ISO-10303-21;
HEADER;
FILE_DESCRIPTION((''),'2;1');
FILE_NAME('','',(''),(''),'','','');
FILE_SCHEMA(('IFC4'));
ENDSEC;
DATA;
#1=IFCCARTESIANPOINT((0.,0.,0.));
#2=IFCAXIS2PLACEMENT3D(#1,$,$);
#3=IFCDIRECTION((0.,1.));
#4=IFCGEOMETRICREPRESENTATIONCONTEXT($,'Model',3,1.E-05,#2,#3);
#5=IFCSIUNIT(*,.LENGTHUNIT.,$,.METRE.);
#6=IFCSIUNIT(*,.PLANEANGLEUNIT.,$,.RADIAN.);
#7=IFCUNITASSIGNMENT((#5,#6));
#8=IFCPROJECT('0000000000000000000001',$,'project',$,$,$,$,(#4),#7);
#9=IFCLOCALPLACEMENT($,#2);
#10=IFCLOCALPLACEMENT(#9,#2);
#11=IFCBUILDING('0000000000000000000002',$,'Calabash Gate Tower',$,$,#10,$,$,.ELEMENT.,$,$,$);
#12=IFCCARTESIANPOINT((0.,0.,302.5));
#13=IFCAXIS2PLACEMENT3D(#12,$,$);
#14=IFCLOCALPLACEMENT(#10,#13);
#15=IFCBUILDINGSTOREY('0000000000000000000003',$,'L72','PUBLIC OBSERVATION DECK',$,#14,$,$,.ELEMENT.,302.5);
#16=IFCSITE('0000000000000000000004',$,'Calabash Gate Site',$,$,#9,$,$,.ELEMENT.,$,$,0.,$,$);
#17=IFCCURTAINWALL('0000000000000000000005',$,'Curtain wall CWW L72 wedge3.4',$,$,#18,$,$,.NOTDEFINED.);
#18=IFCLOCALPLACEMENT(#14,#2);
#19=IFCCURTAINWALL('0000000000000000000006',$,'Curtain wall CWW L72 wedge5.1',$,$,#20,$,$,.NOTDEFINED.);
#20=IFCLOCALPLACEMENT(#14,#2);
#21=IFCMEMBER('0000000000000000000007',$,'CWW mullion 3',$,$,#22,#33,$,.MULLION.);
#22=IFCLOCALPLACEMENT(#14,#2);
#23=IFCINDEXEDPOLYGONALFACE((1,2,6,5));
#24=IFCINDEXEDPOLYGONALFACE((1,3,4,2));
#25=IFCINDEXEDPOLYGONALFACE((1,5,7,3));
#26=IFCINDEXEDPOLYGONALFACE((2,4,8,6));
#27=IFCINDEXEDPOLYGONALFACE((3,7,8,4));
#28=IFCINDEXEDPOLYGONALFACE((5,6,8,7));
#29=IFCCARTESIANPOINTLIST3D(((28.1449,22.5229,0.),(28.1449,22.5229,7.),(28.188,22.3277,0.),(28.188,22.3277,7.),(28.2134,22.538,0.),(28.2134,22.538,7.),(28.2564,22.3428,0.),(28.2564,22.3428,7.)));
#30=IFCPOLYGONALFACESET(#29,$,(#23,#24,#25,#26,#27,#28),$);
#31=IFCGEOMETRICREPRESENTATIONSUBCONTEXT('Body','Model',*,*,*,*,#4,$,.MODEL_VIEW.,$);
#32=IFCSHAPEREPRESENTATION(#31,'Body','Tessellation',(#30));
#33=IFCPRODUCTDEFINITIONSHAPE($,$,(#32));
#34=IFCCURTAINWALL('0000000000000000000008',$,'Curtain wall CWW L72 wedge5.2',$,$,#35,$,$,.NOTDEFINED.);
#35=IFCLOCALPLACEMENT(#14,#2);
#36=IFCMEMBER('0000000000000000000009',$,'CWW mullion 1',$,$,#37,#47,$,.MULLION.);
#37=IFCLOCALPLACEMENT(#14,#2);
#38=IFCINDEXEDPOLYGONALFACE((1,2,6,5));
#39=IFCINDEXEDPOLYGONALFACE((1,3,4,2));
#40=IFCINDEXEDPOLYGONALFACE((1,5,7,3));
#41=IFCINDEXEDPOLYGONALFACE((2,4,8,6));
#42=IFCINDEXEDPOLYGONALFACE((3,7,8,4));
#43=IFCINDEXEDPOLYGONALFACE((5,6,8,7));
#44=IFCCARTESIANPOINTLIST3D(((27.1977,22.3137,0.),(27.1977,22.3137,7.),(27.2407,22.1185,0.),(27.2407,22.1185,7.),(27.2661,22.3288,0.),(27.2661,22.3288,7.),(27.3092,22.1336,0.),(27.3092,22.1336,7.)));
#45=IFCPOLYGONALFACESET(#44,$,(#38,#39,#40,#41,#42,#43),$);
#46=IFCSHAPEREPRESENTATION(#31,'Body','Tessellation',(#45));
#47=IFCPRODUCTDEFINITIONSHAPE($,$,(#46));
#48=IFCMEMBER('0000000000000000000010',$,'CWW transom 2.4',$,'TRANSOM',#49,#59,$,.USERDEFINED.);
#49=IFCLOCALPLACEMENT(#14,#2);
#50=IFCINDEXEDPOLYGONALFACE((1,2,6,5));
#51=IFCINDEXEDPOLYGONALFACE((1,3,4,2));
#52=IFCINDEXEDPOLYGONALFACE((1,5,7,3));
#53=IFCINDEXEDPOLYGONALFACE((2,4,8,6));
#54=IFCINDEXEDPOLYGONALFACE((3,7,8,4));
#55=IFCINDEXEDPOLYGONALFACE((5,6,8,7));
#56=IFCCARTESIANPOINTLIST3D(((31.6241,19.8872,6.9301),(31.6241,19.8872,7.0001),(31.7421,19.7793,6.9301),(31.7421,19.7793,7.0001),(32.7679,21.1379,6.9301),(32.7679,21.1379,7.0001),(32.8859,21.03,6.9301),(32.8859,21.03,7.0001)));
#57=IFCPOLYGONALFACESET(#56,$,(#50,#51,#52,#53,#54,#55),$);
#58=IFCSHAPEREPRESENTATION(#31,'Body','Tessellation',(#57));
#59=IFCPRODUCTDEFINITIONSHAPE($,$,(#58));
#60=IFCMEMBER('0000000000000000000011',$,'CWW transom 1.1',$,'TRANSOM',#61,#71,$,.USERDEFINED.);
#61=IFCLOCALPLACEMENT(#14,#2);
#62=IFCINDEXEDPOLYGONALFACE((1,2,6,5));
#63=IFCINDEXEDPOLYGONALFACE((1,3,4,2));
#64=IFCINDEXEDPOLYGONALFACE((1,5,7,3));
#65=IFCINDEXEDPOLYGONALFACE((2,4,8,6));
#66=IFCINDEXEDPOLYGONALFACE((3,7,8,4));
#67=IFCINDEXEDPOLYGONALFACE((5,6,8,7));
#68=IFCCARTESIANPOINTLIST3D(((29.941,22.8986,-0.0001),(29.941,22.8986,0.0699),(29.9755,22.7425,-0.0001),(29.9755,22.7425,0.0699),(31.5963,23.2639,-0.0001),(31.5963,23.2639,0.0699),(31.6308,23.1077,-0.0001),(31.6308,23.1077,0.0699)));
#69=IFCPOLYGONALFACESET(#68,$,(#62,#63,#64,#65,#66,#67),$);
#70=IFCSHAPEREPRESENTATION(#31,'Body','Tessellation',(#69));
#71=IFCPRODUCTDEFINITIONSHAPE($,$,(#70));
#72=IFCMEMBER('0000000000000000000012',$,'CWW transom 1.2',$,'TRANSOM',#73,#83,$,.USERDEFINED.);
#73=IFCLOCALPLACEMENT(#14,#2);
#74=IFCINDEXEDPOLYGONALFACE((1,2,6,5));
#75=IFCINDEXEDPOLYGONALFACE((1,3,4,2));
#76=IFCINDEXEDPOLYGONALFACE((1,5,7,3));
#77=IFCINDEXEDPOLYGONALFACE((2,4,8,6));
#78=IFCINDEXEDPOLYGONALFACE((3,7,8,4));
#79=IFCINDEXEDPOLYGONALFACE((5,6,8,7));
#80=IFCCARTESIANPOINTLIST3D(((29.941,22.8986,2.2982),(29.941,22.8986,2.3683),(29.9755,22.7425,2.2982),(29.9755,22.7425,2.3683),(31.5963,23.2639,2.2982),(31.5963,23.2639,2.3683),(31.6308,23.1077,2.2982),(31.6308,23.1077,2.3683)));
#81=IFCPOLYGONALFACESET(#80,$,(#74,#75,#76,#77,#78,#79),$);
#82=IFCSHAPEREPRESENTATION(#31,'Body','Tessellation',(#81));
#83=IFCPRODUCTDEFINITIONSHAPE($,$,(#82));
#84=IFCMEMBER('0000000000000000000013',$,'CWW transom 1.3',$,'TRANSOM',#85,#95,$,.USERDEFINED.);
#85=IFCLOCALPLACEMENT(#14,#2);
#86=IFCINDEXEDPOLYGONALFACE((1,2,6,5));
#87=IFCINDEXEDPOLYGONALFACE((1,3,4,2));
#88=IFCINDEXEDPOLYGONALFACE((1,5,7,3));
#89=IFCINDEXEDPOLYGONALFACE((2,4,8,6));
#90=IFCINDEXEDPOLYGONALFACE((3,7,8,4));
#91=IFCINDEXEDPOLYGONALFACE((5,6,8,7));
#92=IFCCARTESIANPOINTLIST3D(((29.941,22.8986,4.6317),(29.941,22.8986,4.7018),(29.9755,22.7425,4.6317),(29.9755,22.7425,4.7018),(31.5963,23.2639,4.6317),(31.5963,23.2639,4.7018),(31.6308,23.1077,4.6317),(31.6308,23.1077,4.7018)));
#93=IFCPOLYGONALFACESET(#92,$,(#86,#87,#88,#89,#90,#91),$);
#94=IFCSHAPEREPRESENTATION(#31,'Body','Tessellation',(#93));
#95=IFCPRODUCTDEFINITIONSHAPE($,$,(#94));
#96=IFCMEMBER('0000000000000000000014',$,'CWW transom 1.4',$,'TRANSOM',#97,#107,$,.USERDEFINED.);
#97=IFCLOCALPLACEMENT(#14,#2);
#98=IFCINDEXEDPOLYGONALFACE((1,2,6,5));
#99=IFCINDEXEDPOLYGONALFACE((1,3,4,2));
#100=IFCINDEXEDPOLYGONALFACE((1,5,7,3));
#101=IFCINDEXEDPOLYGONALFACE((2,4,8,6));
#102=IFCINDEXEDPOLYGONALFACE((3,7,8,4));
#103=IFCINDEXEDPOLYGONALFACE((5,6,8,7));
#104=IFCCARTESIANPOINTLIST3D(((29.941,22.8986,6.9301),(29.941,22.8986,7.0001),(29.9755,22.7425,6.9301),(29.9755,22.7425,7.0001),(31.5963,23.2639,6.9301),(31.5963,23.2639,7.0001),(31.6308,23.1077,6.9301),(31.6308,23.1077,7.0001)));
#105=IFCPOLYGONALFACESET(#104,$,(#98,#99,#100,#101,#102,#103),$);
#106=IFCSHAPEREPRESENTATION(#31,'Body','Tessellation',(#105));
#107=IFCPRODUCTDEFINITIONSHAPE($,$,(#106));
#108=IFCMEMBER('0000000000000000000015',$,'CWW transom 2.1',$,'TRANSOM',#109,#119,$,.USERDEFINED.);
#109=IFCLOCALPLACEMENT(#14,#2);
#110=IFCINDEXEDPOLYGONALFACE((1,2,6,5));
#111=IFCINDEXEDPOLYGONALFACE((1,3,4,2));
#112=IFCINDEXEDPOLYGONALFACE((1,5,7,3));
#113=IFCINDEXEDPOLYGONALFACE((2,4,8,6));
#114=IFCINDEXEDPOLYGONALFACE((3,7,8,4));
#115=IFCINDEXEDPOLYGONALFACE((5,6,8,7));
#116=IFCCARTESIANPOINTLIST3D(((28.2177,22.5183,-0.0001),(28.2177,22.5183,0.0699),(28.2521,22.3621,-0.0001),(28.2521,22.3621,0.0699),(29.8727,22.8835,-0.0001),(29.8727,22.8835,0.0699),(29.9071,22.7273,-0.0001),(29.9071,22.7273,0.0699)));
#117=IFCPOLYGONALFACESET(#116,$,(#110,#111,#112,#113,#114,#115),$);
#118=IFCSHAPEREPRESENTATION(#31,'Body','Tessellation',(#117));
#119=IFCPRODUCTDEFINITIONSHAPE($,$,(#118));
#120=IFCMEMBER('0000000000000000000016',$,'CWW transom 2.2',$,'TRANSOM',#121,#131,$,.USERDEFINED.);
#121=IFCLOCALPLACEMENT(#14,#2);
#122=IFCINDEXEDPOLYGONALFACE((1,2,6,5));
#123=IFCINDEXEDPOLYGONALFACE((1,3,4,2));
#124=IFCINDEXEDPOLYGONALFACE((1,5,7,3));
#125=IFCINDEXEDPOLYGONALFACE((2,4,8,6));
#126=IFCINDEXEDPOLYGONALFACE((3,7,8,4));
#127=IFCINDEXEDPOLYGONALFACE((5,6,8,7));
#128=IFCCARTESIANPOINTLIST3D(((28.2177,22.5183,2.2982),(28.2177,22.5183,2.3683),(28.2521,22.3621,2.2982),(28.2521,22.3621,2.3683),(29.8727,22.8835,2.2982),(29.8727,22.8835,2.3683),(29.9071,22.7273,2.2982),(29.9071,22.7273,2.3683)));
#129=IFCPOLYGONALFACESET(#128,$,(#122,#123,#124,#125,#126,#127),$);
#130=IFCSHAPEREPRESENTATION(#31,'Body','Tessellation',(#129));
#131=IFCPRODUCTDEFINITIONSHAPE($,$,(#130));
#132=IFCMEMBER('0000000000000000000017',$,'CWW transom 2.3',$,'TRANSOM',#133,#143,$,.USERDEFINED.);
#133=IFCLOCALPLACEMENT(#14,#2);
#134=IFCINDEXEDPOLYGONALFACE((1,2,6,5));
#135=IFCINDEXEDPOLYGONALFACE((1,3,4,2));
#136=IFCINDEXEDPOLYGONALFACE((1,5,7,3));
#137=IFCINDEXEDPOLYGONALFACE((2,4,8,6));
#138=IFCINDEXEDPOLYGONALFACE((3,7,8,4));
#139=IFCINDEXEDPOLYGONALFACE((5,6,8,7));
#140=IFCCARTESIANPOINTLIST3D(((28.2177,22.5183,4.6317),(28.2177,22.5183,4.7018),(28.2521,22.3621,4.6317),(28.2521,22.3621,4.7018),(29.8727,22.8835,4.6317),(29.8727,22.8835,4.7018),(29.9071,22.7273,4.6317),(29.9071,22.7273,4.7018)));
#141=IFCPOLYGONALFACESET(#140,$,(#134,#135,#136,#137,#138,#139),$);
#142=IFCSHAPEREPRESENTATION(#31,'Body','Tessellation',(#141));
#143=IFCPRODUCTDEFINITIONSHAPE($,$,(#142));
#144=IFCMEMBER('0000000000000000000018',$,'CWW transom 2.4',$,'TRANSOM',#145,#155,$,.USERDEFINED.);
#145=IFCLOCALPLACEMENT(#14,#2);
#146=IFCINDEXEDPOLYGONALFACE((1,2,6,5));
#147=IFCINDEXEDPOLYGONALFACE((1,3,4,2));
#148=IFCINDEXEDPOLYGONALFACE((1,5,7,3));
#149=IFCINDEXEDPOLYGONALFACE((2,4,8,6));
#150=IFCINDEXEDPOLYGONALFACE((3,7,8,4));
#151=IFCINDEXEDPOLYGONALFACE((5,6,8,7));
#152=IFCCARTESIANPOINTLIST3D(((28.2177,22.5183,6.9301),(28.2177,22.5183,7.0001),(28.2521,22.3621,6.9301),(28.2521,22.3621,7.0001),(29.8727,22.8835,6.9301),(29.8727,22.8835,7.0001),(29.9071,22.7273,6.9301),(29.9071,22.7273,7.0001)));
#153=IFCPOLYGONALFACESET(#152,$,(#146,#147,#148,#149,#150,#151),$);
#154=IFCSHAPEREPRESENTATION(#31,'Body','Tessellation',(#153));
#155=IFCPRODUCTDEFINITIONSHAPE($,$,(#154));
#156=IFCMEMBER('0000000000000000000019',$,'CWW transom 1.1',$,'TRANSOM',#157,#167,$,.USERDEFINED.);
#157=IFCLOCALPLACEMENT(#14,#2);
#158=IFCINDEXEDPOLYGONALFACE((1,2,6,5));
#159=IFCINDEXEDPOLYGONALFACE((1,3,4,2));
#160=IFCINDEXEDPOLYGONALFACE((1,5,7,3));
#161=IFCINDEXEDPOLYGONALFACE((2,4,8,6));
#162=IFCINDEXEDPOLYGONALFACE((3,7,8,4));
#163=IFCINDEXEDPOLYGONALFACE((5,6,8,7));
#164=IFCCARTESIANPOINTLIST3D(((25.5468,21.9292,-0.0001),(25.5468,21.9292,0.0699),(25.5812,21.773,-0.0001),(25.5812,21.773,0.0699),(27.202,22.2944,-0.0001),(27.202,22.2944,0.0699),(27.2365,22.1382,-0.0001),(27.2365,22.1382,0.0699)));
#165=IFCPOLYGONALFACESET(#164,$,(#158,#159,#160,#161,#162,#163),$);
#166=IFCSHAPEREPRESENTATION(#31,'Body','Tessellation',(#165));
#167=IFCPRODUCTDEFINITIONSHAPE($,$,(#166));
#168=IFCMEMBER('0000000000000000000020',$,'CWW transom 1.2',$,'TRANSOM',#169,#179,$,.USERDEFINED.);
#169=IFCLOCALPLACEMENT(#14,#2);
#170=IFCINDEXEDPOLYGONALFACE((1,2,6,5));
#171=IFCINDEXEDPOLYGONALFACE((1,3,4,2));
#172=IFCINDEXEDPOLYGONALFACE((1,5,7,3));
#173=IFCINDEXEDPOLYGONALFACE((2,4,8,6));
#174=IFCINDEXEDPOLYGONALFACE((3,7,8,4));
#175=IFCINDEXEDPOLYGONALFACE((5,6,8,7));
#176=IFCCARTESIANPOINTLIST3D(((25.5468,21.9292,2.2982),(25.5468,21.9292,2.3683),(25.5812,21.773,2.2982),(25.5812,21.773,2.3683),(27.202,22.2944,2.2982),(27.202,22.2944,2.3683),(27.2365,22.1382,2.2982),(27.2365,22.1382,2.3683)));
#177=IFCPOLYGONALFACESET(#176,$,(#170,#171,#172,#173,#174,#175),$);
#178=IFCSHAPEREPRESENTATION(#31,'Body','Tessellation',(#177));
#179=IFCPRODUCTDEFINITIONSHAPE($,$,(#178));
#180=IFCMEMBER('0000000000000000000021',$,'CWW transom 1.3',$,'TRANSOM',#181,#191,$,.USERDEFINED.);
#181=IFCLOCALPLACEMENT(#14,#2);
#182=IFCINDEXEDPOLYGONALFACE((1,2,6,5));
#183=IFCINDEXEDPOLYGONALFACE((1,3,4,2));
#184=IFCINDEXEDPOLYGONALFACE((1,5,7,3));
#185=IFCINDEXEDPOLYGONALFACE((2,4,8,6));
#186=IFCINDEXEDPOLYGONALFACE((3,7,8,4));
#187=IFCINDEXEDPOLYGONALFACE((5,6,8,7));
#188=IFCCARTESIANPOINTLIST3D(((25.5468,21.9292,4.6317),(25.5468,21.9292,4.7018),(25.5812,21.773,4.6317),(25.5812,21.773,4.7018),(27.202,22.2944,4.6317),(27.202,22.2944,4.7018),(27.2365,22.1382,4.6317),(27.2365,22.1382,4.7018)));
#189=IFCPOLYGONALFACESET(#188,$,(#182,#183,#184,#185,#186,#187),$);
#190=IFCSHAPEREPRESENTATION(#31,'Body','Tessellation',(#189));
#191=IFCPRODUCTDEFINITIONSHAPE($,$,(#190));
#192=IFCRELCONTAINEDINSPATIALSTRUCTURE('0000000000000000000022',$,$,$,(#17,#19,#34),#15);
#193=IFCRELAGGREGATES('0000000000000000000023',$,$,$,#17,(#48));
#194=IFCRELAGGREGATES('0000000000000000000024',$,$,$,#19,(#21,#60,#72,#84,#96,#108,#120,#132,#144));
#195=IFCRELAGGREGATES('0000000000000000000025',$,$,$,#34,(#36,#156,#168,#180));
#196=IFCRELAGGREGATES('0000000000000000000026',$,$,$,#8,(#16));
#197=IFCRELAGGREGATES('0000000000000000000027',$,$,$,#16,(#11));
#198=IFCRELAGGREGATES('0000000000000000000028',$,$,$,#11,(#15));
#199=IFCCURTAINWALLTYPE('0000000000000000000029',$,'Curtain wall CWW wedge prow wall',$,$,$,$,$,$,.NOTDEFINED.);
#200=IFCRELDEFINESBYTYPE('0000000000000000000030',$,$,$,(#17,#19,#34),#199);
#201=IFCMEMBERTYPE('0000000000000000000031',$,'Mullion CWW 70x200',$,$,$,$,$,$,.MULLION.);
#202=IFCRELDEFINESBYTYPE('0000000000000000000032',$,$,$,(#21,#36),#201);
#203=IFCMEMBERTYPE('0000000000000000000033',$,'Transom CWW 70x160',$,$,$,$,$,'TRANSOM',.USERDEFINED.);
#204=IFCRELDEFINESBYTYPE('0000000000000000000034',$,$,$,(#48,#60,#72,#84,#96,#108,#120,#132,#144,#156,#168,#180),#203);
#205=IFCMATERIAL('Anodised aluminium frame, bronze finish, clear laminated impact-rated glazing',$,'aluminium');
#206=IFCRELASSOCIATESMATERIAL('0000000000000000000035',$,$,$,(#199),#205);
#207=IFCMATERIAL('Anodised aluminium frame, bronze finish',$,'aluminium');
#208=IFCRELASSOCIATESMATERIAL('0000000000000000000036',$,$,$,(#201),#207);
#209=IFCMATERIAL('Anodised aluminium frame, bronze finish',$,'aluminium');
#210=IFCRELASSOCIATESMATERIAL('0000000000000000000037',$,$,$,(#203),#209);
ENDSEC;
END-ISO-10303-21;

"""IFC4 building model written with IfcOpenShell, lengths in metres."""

from ifc_helpers import new_model, si_unit, direction, frame, origin, origin_2d, place, context, subcontext, project, spatial, rectangle, extrude, material, material_profile, profile_set, type_object, element, aggregate, save


model = new_model("IFC4")

# Units and contexts
model_context = context("Model", 3, precision=1e-05, world=origin(), true_north=direction((0.0, 1.0)))
body_context = subcontext(model_context, "Body", "Model", "MODEL_VIEW")
ifc_project = project(units=[si_unit("LENGTHUNIT", "METRE"), si_unit("PLANEANGLEUNIT", "RADIAN")], contexts=[model_context])

# Site, building, storey
site_placement = place(None, origin())
site = spatial("IfcSite", under=ifc_project, at=site_placement, Name="Calabash Gate Site", CompositionType="ELEMENT", RefElevation=0.0)
building_placement = place(site_placement, origin())
building = spatial("IfcBuilding", under=site, at=building_placement, Name="Calabash Gate Tower", CompositionType="ELEMENT")
storey_placement = place(building_placement, frame((0.0, 0.0, 302.5)))
storey = spatial("IfcBuildingStorey", under=building, at=storey_placement, Name="L72", Description="PUBLIC OBSERVATION DECK", CompositionType="ELEMENT", Elevation=302.5)

# Curtain wall
ifc_material_1 = material(Name="Anodised aluminium frame, bronze finish, clear laminated impact-rated glazing", Category="aluminium")
curtain_wall_type = type_object("IfcCurtainWallType", Name="Curtain wall CWW wedge prow wall", PredefinedType="NOTDEFINED", material=ifc_material_1)
curtain_wall_1_placement = place(storey_placement, origin())
curtain_wall_1 = element("IfcCurtainWall", 1, at=curtain_wall_1_placement, inside=storey, type_object=curtain_wall_type, Name="Curtain wall CWW L72 wedge3.4", PredefinedType="NOTDEFINED")
ifc_material_2 = material(Name="Anodised aluminium frame, bronze finish", Category="aluminium")
ifc_material_profile_1 = material_profile(ifc_material_2, rectangle(XDim=0.2, YDim=0.0701, at=origin_2d()))
ifc_profile_set_1 = profile_set([ifc_material_profile_1], Name="Anodised aluminium frame, bronze finish")
member_type_1 = type_object("IfcMemberType", Name="Mullion CWW 70x200", PredefinedType="MULLION", material=ifc_profile_set_1)

# Curtain wall, member
curtain_wall_2_placement = place(storey_placement, origin())
curtain_wall_2 = element("IfcCurtainWall", 2, at=curtain_wall_2_placement, inside=storey, type_object=curtain_wall_type, Name="Curtain wall CWW L72 wedge5.1", PredefinedType="NOTDEFINED")
member_1_placement = place(storey_placement, frame((28.2007, 22.4329, 0.0), z_axis=(0.0, 0.0, 1.0), x_axis=(0.215468, -0.976511, 0.0)))
member_1 = element("IfcMember", 3, at=member_1_placement, type_object=member_type_1, Name="CWW mullion 3", PredefinedType="MULLION", context=body_context, shape_type="SweptSolid", body=[
    extrude(rectangle(XDim=0.2, YDim=0.0701, at=origin_2d()), origin(), (0.0, 0.0, 1.0), 7.0),
])

# Curtain wall, member
curtain_wall_3_placement = place(storey_placement, origin())
curtain_wall_3 = element("IfcCurtainWall", 4, at=curtain_wall_3_placement, inside=storey, type_object=curtain_wall_type, Name="Curtain wall CWW L72 wedge5.2", PredefinedType="NOTDEFINED")
member_2_placement = place(storey_placement, frame((27.2534, 22.2236, 0.0), z_axis=(0.0, 0.0, 1.0), x_axis=(0.215468, -0.976511, 0.0)))
member_2 = element("IfcMember", 5, at=member_2_placement, type_object=member_type_1, Name="CWW mullion 1", PredefinedType="MULLION", context=body_context, shape_type="SweptSolid", body=[
    extrude(rectangle(XDim=0.2, YDim=0.0701, at=origin_2d()), origin(), (0.0, 0.0, 1.0), 7.0),
])

# Members
ifc_material_3 = material(Name="Anodised aluminium frame, bronze finish", Category="aluminium")
ifc_material_profile_2 = material_profile(ifc_material_3, rectangle(XDim=0.1599, YDim=0.0701, at=origin_2d()))
ifc_profile_set_2 = profile_set([ifc_material_profile_2], Name="Anodised aluminium frame, bronze finish")
member_type_2 = type_object("IfcMemberType", Name="Transom CWW 70x160", ElementType="TRANSOM", PredefinedType="USERDEFINED", material=ifc_profile_set_2)
member_3_placement = place(storey_placement, frame((31.6831, 19.8333, 6.9651), z_axis=(0.674857, 0.737949, 0.0), x_axis=(-0.737949, 0.674857, 0.0)))
member_3 = element("IfcMember", 6, at=member_3_placement, type_object=member_type_2, Name="CWW transom 2.4", ObjectType="TRANSOM", PredefinedType="USERDEFINED", context=body_context, shape_type="SweptSolid", body=[
    extrude(rectangle(XDim=0.1599, YDim=0.0701, at=origin_2d()), origin(), (0.0, 0.0, 1.0), 1.6948),
])
member_4_placement = place(storey_placement, frame((31.6135, 23.1858, 0.0349), z_axis=(-0.976511, -0.215466, 0.0), x_axis=(0.215466, -0.976511, 0.0)))
member_4 = element("IfcMember", 7, at=member_4_placement, type_object=member_type_2, Name="CWW transom 1.1", ObjectType="TRANSOM", PredefinedType="USERDEFINED", context=body_context, shape_type="SweptSolid", body=[
    extrude(rectangle(XDim=0.1599, YDim=0.0701, at=origin_2d()), origin(), (0.0, 0.0, 1.0), 1.6951),
])
member_5_placement = place(storey_placement, frame((31.6135, 23.1858, 2.3333), z_axis=(-0.976511, -0.215466, 0.0), x_axis=(0.215466, -0.976511, 0.0)))
member_5 = element("IfcMember", 8, at=member_5_placement, type_object=member_type_2, Name="CWW transom 1.2", ObjectType="TRANSOM", PredefinedType="USERDEFINED", context=body_context, shape_type="SweptSolid", body=[
    extrude(rectangle(XDim=0.1599, YDim=0.0701, at=origin_2d()), origin(), (0.0, 0.0, 1.0), 1.6951),
])
member_6_placement = place(storey_placement, frame((31.6135, 23.1858, 4.6667), z_axis=(-0.976511, -0.215466, 0.0), x_axis=(0.215466, -0.976511, 0.0)))
member_6 = element("IfcMember", 9, at=member_6_placement, type_object=member_type_2, Name="CWW transom 1.3", ObjectType="TRANSOM", PredefinedType="USERDEFINED", context=body_context, shape_type="SweptSolid", body=[
    extrude(rectangle(XDim=0.1599, YDim=0.0701, at=origin_2d()), origin(), (0.0, 0.0, 1.0), 1.6951),
])
member_7_placement = place(storey_placement, frame((31.6135, 23.1858, 6.9651), z_axis=(-0.976511, -0.215466, 0.0), x_axis=(0.215466, -0.976511, 0.0)))
member_7 = element("IfcMember", 10, at=member_7_placement, type_object=member_type_2, Name="CWW transom 1.4", ObjectType="TRANSOM", PredefinedType="USERDEFINED", context=body_context, shape_type="SweptSolid", body=[
    extrude(rectangle(XDim=0.1599, YDim=0.0701, at=origin_2d()), origin(), (0.0, 0.0, 1.0), 1.6951),
])
member_8_placement = place(storey_placement, frame((29.8899, 22.8054, 0.0349), z_axis=(-0.976505, -0.215497, 0.0), x_axis=(0.215497, -0.976505, 0.0)))
member_8 = element("IfcMember", 11, at=member_8_placement, type_object=member_type_2, Name="CWW transom 2.1", ObjectType="TRANSOM", PredefinedType="USERDEFINED", context=body_context, shape_type="SweptSolid", body=[
    extrude(rectangle(XDim=0.1599, YDim=0.0701, at=origin_2d()), origin(), (0.0, 0.0, 1.0), 1.6948),
])
member_9_placement = place(storey_placement, frame((29.8899, 22.8054, 2.3333), z_axis=(-0.976505, -0.215497, 0.0), x_axis=(0.215497, -0.976505, 0.0)))
member_9 = element("IfcMember", 12, at=member_9_placement, type_object=member_type_2, Name="CWW transom 2.2", ObjectType="TRANSOM", PredefinedType="USERDEFINED", context=body_context, shape_type="SweptSolid", body=[
    extrude(rectangle(XDim=0.1599, YDim=0.0701, at=origin_2d()), origin(), (0.0, 0.0, 1.0), 1.6948),
])
member_10_placement = place(storey_placement, frame((29.8899, 22.8054, 4.6667), z_axis=(-0.976505, -0.215497, 0.0), x_axis=(0.215497, -0.976505, 0.0)))
member_10 = element("IfcMember", 13, at=member_10_placement, type_object=member_type_2, Name="CWW transom 2.3", ObjectType="TRANSOM", PredefinedType="USERDEFINED", context=body_context, shape_type="SweptSolid", body=[
    extrude(rectangle(XDim=0.1599, YDim=0.0701, at=origin_2d()), origin(), (0.0, 0.0, 1.0), 1.6948),
])
member_11_placement = place(storey_placement, frame((29.8899, 22.8054, 6.9651), z_axis=(-0.976505, -0.215497, 0.0), x_axis=(0.215497, -0.976505, 0.0)))
member_11 = element("IfcMember", 14, at=member_11_placement, type_object=member_type_2, Name="CWW transom 2.4", ObjectType="TRANSOM", PredefinedType="USERDEFINED", context=body_context, shape_type="SweptSolid", body=[
    extrude(rectangle(XDim=0.1599, YDim=0.0701, at=origin_2d()), origin(), (0.0, 0.0, 1.0), 1.6948),
])
member_12_placement = place(storey_placement, frame((27.2192, 22.2163, 0.0349), z_axis=(-0.976511, -0.215466, 0.0), x_axis=(0.215466, -0.976511, 0.0)))
member_12 = element("IfcMember", 15, at=member_12_placement, type_object=member_type_2, Name="CWW transom 1.1", ObjectType="TRANSOM", PredefinedType="USERDEFINED", context=body_context, shape_type="SweptSolid", body=[
    extrude(rectangle(XDim=0.1599, YDim=0.0701, at=origin_2d()), origin(), (0.0, 0.0, 1.0), 1.6951),
])
member_13_placement = place(storey_placement, frame((27.2192, 22.2163, 2.3333), z_axis=(-0.976511, -0.215466, 0.0), x_axis=(0.215466, -0.976511, 0.0)))
member_13 = element("IfcMember", 16, at=member_13_placement, type_object=member_type_2, Name="CWW transom 1.2", ObjectType="TRANSOM", PredefinedType="USERDEFINED", context=body_context, shape_type="SweptSolid", body=[
    extrude(rectangle(XDim=0.1599, YDim=0.0701, at=origin_2d()), origin(), (0.0, 0.0, 1.0), 1.6951),
])
member_14_placement = place(storey_placement, frame((27.2192, 22.2163, 4.6667), z_axis=(-0.976511, -0.215466, 0.0), x_axis=(0.215466, -0.976511, 0.0)))
member_14 = element("IfcMember", 17, at=member_14_placement, type_object=member_type_2, Name="CWW transom 1.3", ObjectType="TRANSOM", PredefinedType="USERDEFINED", context=body_context, shape_type="SweptSolid", body=[
    extrude(rectangle(XDim=0.1599, YDim=0.0701, at=origin_2d()), origin(), (0.0, 0.0, 1.0), 1.6951),
])

aggregate(curtain_wall_1, [member_3])
aggregate(curtain_wall_2, [member_1, member_4, member_5, member_6, member_7, member_8, member_9, member_10, member_11])
aggregate(curtain_wall_3, [member_2, member_12, member_13, member_14])

save(model, "model.ifc")
